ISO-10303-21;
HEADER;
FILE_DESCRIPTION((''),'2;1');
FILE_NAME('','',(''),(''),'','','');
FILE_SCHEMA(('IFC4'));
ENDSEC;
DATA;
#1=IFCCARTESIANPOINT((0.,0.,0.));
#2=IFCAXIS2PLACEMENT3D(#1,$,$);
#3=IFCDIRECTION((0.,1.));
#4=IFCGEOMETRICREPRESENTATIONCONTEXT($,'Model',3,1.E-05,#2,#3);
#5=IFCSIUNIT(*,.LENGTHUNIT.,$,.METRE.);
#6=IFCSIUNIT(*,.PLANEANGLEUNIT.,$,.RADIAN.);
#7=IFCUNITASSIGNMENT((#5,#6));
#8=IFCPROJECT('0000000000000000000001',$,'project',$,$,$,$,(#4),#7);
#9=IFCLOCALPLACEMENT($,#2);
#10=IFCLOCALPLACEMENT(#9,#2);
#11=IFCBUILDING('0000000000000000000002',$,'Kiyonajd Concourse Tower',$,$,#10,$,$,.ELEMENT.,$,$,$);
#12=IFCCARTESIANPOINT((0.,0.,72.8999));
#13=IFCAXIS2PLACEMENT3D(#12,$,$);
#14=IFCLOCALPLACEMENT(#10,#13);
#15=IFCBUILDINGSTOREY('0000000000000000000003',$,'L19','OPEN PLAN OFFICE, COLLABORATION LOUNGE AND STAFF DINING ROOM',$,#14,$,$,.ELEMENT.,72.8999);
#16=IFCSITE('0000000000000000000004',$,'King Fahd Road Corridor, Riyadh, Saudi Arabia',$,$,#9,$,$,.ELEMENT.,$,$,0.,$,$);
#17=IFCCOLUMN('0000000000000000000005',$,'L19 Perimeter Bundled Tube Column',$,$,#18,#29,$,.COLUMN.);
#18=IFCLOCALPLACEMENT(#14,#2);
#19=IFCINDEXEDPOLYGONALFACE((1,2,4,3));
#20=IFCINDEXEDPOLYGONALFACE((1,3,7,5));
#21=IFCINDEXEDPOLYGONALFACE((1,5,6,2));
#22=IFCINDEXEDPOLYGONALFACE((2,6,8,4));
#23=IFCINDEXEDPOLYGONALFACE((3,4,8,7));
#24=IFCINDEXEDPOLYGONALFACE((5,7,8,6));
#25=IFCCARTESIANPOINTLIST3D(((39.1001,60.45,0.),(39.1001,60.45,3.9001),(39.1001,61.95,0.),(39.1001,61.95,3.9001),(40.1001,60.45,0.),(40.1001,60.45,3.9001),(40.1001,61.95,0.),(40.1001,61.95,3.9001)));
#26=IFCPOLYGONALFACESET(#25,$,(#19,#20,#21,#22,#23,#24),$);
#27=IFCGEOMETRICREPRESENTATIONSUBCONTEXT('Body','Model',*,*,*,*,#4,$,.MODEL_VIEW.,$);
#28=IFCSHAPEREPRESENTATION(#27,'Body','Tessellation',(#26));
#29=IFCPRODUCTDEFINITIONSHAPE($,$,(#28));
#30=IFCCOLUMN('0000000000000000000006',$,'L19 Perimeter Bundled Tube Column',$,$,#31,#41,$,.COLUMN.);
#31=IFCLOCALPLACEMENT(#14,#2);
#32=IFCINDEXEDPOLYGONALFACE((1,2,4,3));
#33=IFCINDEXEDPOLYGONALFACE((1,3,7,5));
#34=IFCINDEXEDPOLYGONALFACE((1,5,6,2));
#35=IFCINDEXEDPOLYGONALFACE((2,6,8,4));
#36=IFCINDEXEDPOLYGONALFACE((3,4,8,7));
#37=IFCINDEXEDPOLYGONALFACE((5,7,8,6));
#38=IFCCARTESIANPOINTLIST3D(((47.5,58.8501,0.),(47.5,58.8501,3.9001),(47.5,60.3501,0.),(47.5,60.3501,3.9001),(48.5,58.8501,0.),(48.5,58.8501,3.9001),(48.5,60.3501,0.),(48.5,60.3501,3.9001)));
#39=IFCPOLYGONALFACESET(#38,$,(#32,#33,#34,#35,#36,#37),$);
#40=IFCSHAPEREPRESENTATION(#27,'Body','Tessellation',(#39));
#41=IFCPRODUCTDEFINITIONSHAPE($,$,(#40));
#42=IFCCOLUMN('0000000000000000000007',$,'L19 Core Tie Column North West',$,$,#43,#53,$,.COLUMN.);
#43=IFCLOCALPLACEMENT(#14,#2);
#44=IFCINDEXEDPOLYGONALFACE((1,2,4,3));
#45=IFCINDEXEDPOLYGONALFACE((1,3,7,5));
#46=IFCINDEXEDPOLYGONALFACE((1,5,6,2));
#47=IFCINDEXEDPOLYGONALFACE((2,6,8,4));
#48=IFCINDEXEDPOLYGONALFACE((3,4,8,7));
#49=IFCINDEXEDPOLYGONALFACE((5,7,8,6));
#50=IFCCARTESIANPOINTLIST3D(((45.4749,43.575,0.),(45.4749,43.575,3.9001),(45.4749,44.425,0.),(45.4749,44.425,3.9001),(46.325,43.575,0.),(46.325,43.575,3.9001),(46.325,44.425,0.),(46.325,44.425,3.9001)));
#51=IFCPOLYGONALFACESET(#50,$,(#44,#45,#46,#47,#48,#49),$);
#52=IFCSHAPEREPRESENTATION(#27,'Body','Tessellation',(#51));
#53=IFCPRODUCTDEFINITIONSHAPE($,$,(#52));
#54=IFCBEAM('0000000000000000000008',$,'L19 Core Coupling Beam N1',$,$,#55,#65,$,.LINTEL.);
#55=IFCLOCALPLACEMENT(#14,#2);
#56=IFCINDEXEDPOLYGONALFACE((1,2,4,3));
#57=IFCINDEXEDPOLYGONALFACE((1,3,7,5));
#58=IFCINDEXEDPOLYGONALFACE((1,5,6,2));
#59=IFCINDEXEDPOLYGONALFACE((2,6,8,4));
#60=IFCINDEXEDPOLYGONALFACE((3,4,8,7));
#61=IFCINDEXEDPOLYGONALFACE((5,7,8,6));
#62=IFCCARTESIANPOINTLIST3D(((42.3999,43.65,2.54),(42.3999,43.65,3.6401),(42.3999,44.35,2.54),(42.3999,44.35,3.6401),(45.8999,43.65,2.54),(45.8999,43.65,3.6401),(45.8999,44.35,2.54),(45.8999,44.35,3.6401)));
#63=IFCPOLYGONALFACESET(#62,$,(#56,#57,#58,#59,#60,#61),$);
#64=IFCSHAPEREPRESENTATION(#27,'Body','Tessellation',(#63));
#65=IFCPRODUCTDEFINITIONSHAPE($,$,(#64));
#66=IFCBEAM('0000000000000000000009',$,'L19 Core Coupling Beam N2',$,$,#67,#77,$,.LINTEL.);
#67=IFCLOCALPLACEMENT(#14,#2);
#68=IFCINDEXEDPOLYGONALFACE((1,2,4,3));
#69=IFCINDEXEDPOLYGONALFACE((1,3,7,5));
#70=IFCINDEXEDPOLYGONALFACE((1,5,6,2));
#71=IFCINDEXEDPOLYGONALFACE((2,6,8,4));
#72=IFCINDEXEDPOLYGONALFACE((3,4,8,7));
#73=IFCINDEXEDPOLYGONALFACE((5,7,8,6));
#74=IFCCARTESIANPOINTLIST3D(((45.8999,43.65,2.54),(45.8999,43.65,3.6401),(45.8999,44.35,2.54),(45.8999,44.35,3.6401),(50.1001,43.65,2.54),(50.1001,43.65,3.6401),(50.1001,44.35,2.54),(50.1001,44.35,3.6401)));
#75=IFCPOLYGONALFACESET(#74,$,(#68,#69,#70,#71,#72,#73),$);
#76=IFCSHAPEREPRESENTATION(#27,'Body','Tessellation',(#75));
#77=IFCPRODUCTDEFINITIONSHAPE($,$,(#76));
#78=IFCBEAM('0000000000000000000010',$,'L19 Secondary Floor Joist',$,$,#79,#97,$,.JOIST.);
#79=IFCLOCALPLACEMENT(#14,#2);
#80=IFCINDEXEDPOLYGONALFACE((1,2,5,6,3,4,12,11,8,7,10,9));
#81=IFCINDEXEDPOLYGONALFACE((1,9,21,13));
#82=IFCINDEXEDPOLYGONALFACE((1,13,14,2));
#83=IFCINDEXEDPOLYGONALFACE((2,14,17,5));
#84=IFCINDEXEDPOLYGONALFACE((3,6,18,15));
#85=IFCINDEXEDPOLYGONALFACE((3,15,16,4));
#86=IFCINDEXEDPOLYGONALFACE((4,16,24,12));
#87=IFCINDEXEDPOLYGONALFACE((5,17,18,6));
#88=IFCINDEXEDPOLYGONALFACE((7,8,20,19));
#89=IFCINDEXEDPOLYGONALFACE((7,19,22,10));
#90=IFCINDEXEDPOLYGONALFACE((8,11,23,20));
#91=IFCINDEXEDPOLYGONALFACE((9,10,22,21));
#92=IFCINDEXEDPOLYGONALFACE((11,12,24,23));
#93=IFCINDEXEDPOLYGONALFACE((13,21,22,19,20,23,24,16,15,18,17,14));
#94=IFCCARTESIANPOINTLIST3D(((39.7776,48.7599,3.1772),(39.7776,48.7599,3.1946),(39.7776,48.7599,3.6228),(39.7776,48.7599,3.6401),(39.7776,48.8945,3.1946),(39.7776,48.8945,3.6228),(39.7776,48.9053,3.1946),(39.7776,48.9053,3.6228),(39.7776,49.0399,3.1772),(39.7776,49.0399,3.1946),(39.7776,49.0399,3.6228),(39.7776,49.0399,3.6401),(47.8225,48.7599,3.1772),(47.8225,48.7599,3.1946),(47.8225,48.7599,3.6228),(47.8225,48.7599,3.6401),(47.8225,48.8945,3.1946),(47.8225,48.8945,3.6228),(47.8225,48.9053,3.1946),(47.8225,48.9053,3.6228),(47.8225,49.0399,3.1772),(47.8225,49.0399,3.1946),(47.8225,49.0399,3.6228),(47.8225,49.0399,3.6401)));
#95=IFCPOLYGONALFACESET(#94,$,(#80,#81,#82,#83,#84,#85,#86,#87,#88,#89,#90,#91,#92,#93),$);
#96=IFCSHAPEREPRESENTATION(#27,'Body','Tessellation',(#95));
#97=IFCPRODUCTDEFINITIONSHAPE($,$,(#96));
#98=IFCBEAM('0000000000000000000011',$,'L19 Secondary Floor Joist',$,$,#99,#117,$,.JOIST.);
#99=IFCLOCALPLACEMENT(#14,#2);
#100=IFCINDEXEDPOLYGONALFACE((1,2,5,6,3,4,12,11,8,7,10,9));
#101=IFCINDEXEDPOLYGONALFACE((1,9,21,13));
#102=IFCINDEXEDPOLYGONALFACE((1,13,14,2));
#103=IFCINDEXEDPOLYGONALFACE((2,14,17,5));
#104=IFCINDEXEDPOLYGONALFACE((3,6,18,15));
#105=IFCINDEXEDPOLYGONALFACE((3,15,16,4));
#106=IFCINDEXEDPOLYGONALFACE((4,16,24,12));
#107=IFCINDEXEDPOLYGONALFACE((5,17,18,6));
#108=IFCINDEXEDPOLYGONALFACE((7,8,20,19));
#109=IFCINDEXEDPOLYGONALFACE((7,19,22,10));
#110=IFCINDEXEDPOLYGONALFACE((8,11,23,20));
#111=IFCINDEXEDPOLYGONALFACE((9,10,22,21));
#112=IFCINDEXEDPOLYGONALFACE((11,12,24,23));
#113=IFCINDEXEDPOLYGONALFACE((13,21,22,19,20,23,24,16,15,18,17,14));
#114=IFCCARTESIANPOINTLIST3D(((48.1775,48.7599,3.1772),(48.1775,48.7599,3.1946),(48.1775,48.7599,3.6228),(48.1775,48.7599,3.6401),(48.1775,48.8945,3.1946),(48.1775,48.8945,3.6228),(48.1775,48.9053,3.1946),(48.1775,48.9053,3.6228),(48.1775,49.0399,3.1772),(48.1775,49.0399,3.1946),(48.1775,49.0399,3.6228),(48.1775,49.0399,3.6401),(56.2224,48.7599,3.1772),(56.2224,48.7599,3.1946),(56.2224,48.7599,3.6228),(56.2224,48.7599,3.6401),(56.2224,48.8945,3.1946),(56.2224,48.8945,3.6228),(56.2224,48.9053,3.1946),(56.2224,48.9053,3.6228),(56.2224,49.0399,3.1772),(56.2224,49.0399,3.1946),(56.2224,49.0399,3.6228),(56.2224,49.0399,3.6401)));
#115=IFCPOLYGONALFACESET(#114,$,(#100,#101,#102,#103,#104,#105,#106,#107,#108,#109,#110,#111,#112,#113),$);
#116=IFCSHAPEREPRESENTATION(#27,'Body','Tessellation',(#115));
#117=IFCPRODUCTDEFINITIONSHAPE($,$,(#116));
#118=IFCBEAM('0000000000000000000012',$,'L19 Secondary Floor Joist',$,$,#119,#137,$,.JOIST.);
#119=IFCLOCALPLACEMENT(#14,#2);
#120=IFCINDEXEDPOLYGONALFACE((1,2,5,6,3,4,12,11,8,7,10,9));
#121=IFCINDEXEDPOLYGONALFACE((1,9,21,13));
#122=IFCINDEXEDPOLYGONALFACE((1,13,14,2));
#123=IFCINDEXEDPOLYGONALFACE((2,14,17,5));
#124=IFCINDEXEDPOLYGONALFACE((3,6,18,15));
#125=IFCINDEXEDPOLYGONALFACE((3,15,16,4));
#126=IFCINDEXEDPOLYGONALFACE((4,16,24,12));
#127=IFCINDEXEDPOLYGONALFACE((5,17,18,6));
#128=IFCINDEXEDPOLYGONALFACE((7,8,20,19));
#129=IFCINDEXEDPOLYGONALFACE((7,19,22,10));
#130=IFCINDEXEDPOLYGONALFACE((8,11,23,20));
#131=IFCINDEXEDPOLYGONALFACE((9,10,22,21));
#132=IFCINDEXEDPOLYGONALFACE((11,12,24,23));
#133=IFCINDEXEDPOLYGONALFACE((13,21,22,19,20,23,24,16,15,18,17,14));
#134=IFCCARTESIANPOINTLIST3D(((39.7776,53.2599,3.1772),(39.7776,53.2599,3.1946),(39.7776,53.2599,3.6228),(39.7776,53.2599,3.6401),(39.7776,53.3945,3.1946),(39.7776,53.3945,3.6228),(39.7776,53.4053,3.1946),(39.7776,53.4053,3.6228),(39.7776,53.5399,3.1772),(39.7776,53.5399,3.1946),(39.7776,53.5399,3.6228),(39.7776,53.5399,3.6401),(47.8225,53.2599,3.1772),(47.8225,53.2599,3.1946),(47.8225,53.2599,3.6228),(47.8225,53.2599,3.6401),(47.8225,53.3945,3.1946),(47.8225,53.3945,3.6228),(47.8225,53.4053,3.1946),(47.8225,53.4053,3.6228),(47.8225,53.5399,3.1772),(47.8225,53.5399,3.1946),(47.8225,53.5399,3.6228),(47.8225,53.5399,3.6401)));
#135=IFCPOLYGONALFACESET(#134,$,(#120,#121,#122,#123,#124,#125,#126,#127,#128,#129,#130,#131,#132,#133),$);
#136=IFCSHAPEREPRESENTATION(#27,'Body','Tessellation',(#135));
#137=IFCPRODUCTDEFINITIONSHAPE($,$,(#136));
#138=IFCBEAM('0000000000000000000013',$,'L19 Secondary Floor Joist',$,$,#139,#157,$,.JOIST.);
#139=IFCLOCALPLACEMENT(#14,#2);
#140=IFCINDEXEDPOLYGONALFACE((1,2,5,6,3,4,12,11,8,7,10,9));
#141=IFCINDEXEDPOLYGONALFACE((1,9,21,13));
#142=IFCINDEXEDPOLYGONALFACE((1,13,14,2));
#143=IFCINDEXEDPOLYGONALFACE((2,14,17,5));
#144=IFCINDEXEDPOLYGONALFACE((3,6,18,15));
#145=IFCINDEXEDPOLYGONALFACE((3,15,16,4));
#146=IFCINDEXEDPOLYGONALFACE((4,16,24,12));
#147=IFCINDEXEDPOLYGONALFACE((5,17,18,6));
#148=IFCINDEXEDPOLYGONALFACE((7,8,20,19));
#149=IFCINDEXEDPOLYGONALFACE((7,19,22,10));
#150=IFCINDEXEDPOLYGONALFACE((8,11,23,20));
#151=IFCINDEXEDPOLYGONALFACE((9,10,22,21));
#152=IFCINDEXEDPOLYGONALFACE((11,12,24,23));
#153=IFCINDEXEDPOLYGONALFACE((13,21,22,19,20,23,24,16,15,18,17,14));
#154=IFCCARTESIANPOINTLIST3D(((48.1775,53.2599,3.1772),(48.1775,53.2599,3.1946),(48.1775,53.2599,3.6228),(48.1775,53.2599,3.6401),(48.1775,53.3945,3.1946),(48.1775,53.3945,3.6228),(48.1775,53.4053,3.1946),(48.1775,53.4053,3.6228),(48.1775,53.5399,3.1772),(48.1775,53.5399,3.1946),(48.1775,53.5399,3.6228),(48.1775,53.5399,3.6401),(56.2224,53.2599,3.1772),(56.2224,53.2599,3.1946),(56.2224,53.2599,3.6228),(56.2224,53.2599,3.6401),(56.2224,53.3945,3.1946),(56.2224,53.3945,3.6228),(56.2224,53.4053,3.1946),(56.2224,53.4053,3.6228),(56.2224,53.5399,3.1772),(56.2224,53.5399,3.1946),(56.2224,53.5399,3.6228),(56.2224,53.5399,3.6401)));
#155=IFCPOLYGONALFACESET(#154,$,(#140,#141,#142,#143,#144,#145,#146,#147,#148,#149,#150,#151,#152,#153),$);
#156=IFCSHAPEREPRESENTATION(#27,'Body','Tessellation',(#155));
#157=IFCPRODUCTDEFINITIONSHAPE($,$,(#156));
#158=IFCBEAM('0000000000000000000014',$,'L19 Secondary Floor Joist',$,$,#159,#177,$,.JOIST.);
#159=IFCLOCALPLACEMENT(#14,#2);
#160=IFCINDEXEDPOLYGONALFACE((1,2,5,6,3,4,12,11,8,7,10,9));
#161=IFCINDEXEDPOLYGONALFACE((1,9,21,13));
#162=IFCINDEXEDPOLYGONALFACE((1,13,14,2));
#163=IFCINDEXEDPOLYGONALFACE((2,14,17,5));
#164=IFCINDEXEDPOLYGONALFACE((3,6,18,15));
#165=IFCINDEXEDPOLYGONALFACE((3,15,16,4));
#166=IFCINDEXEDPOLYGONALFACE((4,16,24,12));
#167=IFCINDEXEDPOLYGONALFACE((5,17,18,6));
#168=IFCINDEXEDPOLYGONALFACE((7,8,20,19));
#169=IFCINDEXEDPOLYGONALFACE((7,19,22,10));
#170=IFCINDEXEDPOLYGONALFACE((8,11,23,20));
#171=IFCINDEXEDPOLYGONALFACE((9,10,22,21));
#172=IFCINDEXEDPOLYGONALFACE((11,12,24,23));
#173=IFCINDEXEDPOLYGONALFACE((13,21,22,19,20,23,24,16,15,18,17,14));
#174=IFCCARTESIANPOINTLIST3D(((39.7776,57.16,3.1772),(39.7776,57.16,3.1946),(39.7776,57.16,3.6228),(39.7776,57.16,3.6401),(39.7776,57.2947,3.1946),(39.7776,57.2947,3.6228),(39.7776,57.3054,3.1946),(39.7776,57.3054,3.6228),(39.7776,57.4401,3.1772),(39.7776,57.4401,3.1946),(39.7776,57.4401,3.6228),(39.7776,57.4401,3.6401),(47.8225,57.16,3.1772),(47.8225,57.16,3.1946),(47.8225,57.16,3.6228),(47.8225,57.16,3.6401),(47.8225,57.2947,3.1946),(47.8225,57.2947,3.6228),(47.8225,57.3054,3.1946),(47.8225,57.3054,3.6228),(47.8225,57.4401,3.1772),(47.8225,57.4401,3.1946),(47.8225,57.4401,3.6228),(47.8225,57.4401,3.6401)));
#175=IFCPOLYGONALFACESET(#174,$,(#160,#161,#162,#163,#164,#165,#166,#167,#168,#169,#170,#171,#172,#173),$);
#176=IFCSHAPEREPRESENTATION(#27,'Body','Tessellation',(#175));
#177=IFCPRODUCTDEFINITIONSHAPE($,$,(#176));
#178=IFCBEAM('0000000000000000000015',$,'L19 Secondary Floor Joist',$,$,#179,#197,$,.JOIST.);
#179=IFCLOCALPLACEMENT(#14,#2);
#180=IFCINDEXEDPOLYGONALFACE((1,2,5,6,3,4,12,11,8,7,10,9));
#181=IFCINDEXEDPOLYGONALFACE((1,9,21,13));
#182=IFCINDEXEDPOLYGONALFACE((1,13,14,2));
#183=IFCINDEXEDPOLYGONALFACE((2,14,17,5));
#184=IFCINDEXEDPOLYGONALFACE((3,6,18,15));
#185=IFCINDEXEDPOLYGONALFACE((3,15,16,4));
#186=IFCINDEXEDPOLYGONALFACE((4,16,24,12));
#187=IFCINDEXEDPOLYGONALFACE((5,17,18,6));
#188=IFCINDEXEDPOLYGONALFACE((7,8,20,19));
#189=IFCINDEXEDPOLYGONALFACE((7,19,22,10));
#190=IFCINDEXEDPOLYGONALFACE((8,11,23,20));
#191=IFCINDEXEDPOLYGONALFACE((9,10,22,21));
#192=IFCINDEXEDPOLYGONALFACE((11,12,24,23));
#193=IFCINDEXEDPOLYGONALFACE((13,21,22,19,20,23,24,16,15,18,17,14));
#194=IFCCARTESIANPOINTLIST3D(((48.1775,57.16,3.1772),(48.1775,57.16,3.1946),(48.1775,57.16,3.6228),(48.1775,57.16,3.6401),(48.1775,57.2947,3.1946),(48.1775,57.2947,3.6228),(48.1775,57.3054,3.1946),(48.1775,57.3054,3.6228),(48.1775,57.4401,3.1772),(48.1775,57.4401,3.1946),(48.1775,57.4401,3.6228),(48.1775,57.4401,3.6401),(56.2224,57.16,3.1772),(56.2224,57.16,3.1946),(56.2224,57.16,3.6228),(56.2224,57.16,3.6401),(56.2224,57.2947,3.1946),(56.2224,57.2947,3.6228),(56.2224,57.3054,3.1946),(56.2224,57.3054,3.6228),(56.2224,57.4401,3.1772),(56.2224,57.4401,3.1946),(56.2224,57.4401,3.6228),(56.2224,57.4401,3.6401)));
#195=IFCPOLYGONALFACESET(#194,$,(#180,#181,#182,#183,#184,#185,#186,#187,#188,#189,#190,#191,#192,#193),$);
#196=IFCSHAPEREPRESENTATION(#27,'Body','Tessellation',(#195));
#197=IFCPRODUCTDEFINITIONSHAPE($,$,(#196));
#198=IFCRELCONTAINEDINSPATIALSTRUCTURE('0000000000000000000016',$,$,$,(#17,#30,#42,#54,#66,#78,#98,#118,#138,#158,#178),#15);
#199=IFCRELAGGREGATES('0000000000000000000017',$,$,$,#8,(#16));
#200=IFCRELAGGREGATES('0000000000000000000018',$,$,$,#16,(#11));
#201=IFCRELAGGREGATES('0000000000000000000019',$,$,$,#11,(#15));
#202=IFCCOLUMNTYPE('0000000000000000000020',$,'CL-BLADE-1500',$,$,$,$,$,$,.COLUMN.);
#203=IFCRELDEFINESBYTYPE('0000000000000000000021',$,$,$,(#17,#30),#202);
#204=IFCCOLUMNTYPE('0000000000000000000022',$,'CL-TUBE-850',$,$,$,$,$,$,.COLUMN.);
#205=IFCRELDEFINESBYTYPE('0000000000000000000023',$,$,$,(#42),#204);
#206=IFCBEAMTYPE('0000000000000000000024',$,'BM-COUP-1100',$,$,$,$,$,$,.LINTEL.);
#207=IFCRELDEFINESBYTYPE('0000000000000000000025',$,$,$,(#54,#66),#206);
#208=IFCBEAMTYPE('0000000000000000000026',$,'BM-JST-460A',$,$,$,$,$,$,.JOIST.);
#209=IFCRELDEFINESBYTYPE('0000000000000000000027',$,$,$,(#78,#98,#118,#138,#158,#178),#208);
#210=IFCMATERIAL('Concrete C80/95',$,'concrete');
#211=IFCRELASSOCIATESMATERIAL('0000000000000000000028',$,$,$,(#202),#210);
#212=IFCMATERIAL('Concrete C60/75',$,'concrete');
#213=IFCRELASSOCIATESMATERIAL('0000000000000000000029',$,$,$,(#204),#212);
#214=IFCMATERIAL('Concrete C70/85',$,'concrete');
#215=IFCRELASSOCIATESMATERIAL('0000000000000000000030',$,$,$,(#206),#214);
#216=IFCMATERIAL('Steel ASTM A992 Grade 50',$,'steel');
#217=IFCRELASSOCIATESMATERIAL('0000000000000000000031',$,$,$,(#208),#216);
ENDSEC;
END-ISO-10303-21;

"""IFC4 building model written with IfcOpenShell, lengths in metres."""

from ifc_helpers import new_model, si_unit, direction, frame, origin, origin_2d, place, context, subcontext, project, spatial, rectangle, i_section, extrude, material, material_profile, profile_set, type_object, element, save


model = new_model("IFC4")

# Units and contexts
model_context = context("Model", 3, precision=1e-05, world=origin(), true_north=direction((0.0, 1.0)))
body_context = subcontext(model_context, "Body", "Model", "MODEL_VIEW")
ifc_project = project(units=[si_unit("LENGTHUNIT", "METRE"), si_unit("PLANEANGLEUNIT", "RADIAN")], contexts=[model_context])

# Site, building, storey
site_placement = place(None, origin())
site = spatial("IfcSite", under=ifc_project, at=site_placement, Name="King Fahd Road Corridor, Riyadh, Saudi Arabia", CompositionType="ELEMENT", RefElevation=0.0)
building_placement = place(site_placement, origin())
building = spatial("IfcBuilding", under=site, at=building_placement, Name="Kiyonajd Concourse Tower", CompositionType="ELEMENT")
storey_placement = place(building_placement, frame((0.0, 0.0, 72.8999)))
storey = spatial("IfcBuildingStorey", under=building, at=storey_placement, Name="L19", Description="OPEN PLAN OFFICE, COLLABORATION LOUNGE AND STAFF DINING ROOM", CompositionType="ELEMENT", Elevation=72.8999)

# Columns
ifc_material_1 = material(Name="Concrete C80/95", Category="concrete")
ifc_material_profile_1 = material_profile(ifc_material_1, rectangle(XDim=1.0, YDim=1.5, at=origin_2d()), Name="RC-1500x1000")
ifc_profile_set_1 = profile_set([ifc_material_profile_1], Name="Concrete C80/95")
column_type_1 = type_object("IfcColumnType", Name="CL-BLADE-1500", PredefinedType="COLUMN", material=ifc_profile_set_1)
for number, where, z_axis, x_axis, name in (
    (1, (39.6001, 61.2, 0.0), (0.0, 0.0, 1.0), (1.0, 0.0, 0.0), "L19 Perimeter Bundled Tube Column"),
    (2, (48.0, 59.6001, 0.0), (0.0, 0.0, 1.0), (1.0, 0.0, 0.0), "L19 Perimeter Bundled Tube Column"),
):
    element("IfcColumn", number, at=place(storey_placement, frame(where, z_axis=z_axis, x_axis=x_axis)), inside=storey, type_object=column_type_1, Name=name, PredefinedType="COLUMN", context=body_context, shape_type="SweptSolid", body=[
        extrude(rectangle(XDim=1.0, YDim=1.5, at=origin_2d()), origin(), (0.0, 0.0, 1.0), 3.9001),
    ])
ifc_material_2 = material(Name="Concrete C60/75", Category="concrete")
ifc_material_profile_2 = material_profile(ifc_material_2, rectangle(XDim=0.8501, YDim=0.8501, at=origin_2d()), Name="RC-850x850")
ifc_profile_set_2 = profile_set([ifc_material_profile_2], Name="Concrete C60/75")
column_type_2 = type_object("IfcColumnType", Name="CL-TUBE-850", PredefinedType="COLUMN", material=ifc_profile_set_2)
column_placement = place(storey_placement, frame((45.8999, 44.0, 0.0), z_axis=(0.0, 0.0, 1.0), x_axis=(1.0, 0.0, 0.0)))
element("IfcColumn", 3, at=column_placement, inside=storey, type_object=column_type_2, Name="L19 Core Tie Column North West", PredefinedType="COLUMN", context=body_context, shape_type="SweptSolid", body=[
    extrude(rectangle(XDim=0.8501, YDim=0.8501, at=origin_2d()), origin(), (0.0, 0.0, 1.0), 3.9001),
])

# Beams
ifc_material_3 = material(Name="Concrete C70/85", Category="concrete")
ifc_material_profile_3 = material_profile(ifc_material_3, rectangle(XDim=0.7, YDim=1.1001, at=origin_2d()), Name="RCBM-700x1100")
ifc_profile_set_3 = profile_set([ifc_material_profile_3], Name="Concrete C70/85")
beam_type_1 = type_object("IfcBeamType", Name="BM-COUP-1100", PredefinedType="LINTEL", material=ifc_profile_set_3)
beam_1_placement = place(storey_placement, frame((42.3999, 44.0, 3.0901), z_axis=(1.0, 0.0, 0.0), x_axis=(0.0, 1.0, 0.0)))
element("IfcBeam", 4, at=beam_1_placement, inside=storey, type_object=beam_type_1, Name="L19 Core Coupling Beam N1", PredefinedType="LINTEL", context=body_context, shape_type="SweptSolid", body=[
    extrude(rectangle(XDim=0.7, YDim=1.1001, at=origin_2d()), origin(), (0.0, 0.0, 1.0), 3.5),
])
beam_2_placement = place(storey_placement, frame((45.8999, 44.0, 3.0901), z_axis=(1.0, 0.0, 0.0), x_axis=(0.0, 1.0, 0.0)))
element("IfcBeam", 5, at=beam_2_placement, inside=storey, type_object=beam_type_1, Name="L19 Core Coupling Beam N2", PredefinedType="LINTEL", context=body_context, shape_type="SweptSolid", body=[
    extrude(rectangle(XDim=0.7, YDim=1.1001, at=origin_2d()), origin(), (0.0, 0.0, 1.0), 4.2002),
])
ifc_material_4 = material(Name="Steel ASTM A992 Grade 50", Category="steel")
ifc_material_profile_4 = material_profile(ifc_material_4, i_section(OverallWidth=0.28, OverallDepth=0.4629, WebThickness=0.0107, FlangeThickness=0.0173, at=origin_2d()), Name="W460X113")
ifc_profile_set_4 = profile_set([ifc_material_profile_4], Name="Steel ASTM A992 Grade 50")
beam_type_2 = type_object("IfcBeamType", Name="BM-JST-460A", PredefinedType="JOIST", material=ifc_profile_set_4)
for number, where, z_axis, x_axis, name in (
    (6, (39.7776, 48.8999, 3.4087), (1.0, 0.0, 0.0), (0.0, 1.0, 0.0), "L19 Secondary Floor Joist"),
    (7, (48.1775, 48.8999, 3.4087), (1.0, 0.0, 0.0), (0.0, 1.0, 0.0), "L19 Secondary Floor Joist"),
    (8, (39.7776, 53.3999, 3.4087), (1.0, 0.0, 0.0), (0.0, 1.0, 0.0), "L19 Secondary Floor Joist"),
    (9, (48.1775, 53.3999, 3.4087), (1.0, 0.0, 0.0), (0.0, 1.0, 0.0), "L19 Secondary Floor Joist"),
    (10, (39.7776, 57.3, 3.4087), (1.0, 0.0, 0.0), (0.0, 1.0, 0.0), "L19 Secondary Floor Joist"),
    (11, (48.1775, 57.3, 3.4087), (1.0, 0.0, 0.0), (0.0, 1.0, 0.0), "L19 Secondary Floor Joist"),
):
    element("IfcBeam", number, at=place(storey_placement, frame(where, z_axis=z_axis, x_axis=x_axis)), inside=storey, type_object=beam_type_2, Name=name, PredefinedType="JOIST", context=body_context, shape_type="SweptSolid", body=[
        extrude(i_section(OverallWidth=0.28, OverallDepth=0.4629, WebThickness=0.0107, FlangeThickness=0.0173, at=origin_2d()), origin(), (0.0, 0.0, 1.0), 8.0449),
    ])

save(model, "model.ifc")
